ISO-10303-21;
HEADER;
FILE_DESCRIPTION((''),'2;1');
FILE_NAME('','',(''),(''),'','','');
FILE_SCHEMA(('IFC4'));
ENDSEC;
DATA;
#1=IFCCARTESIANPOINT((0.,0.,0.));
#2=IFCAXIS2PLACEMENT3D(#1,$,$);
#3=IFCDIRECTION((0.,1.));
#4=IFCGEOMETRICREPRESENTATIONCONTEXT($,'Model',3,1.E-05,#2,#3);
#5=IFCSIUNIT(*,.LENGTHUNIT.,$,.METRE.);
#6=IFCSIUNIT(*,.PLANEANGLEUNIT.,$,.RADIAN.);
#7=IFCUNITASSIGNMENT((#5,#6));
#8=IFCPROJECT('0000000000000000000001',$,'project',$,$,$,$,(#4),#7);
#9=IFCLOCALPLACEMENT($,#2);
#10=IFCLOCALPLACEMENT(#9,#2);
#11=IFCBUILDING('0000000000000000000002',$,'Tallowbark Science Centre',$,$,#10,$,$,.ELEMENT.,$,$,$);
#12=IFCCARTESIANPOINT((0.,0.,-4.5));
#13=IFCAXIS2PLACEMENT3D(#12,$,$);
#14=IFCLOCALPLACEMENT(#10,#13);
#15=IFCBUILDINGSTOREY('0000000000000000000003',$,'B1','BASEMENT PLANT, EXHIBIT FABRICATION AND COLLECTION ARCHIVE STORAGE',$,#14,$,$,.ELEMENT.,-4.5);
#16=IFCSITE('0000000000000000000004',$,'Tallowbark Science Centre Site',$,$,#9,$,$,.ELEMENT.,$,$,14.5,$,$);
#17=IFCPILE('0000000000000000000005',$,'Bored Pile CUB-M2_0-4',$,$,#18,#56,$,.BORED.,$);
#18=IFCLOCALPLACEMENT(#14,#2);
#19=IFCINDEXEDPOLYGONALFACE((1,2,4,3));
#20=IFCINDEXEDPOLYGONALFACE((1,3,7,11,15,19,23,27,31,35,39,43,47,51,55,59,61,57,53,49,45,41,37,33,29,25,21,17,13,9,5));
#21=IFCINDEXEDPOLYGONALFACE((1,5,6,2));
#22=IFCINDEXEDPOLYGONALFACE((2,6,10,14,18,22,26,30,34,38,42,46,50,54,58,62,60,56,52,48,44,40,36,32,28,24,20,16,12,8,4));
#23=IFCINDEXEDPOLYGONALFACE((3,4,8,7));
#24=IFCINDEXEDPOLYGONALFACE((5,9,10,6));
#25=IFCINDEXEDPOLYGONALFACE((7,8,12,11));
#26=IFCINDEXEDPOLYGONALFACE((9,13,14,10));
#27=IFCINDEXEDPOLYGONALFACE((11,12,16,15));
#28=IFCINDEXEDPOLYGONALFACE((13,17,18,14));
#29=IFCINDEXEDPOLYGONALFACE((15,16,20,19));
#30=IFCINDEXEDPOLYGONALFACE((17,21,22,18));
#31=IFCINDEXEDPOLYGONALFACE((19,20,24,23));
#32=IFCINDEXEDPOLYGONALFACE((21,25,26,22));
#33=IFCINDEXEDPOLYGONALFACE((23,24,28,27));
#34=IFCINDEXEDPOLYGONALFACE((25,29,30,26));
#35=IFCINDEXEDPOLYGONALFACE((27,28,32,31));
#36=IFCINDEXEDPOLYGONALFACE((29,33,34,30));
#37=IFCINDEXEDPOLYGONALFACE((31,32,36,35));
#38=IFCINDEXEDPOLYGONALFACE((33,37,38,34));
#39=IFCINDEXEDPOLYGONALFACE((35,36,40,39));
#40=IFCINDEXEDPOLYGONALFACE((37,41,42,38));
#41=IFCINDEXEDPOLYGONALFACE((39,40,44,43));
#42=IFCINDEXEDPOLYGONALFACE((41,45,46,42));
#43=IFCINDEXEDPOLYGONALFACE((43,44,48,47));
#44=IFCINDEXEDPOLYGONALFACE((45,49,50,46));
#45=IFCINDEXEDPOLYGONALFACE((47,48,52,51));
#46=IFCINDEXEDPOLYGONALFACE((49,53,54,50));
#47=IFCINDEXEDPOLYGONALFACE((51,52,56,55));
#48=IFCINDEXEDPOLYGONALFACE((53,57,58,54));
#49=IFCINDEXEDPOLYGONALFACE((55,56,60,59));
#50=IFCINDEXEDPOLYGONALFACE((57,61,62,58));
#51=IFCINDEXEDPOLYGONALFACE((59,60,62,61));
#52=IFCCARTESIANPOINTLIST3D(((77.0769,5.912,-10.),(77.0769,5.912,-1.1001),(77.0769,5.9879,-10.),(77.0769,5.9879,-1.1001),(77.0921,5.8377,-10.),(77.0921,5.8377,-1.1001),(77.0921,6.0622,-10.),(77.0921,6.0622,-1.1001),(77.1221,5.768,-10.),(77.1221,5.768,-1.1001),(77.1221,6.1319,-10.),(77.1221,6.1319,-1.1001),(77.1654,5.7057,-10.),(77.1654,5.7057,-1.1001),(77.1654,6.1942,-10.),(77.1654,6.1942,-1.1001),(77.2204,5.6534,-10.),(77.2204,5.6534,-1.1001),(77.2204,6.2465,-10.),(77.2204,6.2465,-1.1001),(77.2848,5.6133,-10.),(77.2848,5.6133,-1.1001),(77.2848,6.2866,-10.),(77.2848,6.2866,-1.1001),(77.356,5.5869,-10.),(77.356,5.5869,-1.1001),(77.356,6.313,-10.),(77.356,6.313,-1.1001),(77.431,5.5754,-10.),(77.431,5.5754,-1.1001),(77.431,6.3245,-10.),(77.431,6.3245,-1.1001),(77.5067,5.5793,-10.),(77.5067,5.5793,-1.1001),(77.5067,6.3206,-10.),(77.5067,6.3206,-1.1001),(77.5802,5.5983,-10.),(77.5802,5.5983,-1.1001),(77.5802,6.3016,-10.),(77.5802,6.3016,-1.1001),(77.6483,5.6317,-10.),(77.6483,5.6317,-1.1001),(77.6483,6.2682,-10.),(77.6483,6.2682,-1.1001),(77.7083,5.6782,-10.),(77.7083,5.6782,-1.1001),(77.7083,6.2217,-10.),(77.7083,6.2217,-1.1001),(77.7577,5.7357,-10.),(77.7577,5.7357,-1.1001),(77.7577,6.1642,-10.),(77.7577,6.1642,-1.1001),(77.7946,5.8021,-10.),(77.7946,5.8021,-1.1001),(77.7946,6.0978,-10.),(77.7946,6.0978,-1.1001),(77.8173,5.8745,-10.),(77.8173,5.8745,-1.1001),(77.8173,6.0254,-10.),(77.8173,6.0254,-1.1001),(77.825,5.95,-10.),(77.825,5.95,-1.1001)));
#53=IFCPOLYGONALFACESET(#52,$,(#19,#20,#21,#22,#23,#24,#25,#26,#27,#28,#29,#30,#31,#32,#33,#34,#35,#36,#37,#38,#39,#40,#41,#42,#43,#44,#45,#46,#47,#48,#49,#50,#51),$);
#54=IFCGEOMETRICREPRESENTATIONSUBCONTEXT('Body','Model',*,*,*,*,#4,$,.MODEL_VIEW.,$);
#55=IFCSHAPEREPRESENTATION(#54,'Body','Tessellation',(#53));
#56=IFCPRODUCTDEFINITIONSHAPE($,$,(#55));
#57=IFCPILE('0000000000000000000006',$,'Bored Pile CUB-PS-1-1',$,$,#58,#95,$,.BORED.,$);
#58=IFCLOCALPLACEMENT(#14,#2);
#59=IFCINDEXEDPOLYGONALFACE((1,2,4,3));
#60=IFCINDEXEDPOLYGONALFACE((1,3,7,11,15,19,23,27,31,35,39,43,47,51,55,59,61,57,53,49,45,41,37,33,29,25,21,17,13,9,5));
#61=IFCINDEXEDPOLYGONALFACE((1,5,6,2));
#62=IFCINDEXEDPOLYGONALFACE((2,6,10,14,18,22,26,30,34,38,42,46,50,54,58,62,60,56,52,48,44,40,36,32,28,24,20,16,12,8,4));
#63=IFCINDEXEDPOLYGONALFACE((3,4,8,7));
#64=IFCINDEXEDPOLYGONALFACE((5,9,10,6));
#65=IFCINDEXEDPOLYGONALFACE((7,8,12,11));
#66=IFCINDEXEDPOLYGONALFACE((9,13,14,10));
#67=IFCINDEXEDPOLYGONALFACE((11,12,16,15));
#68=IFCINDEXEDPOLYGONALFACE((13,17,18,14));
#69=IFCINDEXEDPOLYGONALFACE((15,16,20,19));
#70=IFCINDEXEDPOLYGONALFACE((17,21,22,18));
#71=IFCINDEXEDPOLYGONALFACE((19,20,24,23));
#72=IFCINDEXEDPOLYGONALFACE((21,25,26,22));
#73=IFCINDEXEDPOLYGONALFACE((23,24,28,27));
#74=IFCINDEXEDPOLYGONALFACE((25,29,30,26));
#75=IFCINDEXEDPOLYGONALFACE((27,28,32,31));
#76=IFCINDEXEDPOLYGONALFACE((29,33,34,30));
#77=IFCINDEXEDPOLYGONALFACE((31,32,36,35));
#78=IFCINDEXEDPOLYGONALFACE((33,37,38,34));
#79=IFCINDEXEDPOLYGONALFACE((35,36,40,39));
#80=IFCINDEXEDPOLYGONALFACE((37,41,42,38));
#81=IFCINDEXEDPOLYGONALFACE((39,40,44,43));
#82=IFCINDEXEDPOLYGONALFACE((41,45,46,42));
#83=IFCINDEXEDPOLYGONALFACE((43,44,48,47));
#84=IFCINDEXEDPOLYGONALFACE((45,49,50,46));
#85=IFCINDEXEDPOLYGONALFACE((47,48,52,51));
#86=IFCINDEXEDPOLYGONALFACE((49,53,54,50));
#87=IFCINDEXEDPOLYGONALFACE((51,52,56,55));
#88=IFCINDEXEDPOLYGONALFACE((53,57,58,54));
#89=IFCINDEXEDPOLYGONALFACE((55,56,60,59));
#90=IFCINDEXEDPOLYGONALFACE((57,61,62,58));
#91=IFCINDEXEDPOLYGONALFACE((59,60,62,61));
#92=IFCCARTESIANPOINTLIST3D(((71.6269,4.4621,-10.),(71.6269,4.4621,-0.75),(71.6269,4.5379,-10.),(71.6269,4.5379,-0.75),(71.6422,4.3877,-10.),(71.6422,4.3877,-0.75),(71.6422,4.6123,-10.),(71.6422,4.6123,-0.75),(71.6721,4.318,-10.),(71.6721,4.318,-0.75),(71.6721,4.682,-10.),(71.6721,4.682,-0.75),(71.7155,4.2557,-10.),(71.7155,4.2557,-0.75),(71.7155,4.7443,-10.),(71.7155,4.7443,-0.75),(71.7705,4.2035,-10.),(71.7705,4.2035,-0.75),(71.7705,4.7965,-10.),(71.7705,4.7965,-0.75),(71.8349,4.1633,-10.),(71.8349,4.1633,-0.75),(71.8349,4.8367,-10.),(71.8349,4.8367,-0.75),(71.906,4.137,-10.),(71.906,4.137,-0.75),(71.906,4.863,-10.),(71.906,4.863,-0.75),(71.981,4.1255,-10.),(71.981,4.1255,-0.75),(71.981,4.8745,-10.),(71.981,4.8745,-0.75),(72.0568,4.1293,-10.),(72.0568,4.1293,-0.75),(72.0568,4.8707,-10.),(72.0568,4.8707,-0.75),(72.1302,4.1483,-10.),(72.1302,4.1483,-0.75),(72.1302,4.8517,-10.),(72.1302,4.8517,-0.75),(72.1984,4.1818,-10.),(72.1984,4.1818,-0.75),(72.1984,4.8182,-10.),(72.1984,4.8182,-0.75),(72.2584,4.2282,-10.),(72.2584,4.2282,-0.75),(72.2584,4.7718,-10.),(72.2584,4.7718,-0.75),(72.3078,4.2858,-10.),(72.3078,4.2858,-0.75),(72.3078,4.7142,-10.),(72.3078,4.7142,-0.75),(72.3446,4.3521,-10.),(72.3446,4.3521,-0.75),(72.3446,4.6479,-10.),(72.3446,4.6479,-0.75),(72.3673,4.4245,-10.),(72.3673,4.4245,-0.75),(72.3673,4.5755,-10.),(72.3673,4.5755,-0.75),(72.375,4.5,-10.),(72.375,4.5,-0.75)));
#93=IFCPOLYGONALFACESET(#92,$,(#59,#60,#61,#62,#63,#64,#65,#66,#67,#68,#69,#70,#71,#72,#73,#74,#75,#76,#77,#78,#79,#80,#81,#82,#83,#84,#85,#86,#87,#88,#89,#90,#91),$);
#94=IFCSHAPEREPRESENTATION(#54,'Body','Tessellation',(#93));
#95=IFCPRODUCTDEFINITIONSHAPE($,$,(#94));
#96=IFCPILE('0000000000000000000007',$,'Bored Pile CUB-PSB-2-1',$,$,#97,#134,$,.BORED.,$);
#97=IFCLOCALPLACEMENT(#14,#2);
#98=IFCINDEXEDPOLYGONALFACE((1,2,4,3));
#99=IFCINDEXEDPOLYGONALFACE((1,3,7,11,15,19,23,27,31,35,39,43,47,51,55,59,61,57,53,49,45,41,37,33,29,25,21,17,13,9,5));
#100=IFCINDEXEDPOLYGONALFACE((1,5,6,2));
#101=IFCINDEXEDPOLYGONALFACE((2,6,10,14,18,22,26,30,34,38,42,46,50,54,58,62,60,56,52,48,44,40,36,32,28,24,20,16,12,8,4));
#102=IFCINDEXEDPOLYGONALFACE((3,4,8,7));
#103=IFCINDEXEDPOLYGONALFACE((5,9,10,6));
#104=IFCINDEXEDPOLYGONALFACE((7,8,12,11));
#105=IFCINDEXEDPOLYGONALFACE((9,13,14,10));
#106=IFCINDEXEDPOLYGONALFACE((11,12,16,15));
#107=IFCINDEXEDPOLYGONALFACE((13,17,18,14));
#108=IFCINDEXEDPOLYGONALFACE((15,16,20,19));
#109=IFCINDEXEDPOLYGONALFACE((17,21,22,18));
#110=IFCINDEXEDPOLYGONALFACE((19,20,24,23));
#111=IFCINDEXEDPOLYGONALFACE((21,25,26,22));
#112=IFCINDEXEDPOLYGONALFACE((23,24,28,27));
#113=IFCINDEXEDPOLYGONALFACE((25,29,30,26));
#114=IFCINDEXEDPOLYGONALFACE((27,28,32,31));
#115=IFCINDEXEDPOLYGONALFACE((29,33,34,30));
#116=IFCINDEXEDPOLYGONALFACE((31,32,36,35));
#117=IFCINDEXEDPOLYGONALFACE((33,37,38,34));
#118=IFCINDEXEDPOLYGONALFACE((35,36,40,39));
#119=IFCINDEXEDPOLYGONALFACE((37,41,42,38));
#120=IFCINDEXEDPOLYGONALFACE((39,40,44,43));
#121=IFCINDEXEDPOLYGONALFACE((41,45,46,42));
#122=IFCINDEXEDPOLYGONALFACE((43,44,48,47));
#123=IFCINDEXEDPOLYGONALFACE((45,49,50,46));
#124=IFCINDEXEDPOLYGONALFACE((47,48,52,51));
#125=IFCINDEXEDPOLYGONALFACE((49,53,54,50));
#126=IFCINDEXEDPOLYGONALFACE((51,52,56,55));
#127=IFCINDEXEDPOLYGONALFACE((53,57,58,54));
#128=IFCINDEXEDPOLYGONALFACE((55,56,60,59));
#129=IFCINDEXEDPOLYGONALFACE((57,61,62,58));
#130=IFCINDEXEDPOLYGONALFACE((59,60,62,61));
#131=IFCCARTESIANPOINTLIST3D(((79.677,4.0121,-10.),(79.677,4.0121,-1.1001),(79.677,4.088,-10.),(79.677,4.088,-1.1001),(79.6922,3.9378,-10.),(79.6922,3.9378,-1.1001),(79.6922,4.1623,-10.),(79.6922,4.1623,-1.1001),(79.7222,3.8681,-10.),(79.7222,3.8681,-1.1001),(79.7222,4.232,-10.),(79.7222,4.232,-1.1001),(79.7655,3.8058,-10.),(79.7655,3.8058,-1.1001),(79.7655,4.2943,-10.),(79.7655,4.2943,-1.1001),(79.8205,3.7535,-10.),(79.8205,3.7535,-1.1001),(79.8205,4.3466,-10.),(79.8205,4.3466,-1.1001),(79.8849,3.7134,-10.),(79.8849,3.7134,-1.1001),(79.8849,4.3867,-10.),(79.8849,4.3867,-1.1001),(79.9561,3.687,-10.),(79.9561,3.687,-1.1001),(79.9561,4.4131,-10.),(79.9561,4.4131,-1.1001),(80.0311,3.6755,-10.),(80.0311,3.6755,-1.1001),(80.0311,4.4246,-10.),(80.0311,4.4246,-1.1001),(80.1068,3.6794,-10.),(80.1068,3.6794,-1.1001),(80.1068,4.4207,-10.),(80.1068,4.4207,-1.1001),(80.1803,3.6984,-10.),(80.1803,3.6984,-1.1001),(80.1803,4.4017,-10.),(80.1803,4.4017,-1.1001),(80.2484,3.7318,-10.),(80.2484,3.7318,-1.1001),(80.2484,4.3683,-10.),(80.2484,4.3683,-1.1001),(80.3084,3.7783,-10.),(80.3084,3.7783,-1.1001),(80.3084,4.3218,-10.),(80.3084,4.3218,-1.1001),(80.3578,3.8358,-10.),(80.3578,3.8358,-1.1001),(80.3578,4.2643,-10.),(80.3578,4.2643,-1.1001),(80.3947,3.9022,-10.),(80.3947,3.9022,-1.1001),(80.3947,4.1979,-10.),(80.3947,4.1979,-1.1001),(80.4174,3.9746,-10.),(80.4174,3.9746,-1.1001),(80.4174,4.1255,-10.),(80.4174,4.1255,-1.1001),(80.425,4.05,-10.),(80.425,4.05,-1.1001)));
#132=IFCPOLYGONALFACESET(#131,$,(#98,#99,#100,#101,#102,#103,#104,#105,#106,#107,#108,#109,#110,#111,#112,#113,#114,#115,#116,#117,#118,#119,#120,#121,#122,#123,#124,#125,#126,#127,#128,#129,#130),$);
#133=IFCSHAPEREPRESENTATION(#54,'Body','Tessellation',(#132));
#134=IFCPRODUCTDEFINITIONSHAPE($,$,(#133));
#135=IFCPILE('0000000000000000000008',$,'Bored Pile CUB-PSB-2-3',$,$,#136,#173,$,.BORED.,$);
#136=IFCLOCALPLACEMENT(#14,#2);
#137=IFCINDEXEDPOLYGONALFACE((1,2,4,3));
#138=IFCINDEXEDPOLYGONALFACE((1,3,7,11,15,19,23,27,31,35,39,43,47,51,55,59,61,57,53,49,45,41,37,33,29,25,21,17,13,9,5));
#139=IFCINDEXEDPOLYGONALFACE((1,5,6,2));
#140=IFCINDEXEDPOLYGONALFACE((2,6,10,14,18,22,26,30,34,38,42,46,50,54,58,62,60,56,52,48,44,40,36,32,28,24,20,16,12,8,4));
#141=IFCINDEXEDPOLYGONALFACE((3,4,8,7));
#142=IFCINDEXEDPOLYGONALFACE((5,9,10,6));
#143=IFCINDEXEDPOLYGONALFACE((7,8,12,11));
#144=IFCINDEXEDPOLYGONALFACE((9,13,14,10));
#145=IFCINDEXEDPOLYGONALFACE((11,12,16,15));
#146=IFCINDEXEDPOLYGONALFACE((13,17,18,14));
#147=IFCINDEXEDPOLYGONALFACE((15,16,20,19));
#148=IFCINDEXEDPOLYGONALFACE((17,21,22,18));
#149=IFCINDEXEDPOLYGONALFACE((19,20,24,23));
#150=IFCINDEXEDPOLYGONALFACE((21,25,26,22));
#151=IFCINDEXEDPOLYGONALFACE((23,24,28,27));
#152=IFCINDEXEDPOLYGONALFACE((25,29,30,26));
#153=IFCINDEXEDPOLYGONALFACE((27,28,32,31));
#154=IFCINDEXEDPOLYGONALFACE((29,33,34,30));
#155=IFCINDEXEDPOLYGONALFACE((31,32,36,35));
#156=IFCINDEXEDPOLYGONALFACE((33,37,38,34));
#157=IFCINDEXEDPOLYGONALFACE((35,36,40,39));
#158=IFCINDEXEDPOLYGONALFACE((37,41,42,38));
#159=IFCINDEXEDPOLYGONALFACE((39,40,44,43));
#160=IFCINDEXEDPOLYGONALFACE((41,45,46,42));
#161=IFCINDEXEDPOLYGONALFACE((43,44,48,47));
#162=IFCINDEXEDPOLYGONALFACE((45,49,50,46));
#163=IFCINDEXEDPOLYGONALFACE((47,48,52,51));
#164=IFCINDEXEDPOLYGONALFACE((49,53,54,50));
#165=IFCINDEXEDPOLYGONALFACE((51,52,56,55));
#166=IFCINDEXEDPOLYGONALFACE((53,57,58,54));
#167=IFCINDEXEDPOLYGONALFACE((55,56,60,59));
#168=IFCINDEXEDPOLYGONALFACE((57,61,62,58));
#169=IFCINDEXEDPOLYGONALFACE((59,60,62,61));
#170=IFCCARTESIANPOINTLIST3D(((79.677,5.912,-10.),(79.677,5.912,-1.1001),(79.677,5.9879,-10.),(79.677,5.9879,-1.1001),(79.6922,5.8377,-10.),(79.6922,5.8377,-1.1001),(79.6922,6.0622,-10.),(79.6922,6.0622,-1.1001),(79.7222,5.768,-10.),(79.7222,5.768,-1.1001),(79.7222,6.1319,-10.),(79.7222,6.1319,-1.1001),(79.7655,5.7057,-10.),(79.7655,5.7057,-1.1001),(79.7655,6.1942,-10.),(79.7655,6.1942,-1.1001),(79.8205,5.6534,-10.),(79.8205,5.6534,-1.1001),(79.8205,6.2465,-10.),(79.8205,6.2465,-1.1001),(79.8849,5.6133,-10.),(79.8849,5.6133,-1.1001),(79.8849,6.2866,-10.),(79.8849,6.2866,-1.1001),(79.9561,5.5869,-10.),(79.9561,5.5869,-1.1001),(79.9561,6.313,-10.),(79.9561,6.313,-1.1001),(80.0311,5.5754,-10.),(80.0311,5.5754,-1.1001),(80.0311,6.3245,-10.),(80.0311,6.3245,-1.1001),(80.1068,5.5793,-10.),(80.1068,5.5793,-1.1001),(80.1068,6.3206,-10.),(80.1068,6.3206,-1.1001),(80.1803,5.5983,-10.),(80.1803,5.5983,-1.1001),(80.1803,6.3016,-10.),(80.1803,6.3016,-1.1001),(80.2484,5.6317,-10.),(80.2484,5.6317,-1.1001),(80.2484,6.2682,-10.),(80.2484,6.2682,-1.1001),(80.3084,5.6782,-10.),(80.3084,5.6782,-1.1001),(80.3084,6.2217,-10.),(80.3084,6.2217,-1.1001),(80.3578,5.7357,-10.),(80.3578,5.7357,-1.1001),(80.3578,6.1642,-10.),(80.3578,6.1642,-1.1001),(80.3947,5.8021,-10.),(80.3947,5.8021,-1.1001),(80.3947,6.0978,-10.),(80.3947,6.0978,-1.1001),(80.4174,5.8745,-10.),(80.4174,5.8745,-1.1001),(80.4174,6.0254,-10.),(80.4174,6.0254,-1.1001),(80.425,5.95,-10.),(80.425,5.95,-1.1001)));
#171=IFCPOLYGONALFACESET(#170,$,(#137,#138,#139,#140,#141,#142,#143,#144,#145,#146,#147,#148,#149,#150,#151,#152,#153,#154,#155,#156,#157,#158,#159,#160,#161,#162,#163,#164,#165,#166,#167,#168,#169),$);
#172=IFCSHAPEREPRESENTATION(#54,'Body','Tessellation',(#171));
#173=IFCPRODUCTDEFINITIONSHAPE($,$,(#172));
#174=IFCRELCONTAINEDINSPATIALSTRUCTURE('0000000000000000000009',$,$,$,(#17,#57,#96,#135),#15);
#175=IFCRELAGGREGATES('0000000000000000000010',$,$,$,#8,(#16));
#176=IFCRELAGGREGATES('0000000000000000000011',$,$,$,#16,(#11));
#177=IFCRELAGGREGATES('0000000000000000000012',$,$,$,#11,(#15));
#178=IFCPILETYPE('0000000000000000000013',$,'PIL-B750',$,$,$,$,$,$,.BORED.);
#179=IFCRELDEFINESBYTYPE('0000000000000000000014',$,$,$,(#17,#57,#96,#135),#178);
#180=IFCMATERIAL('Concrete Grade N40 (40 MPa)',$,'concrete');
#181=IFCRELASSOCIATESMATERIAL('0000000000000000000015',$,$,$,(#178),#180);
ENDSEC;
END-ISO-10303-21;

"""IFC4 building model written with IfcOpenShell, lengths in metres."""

from ifc_helpers import new_model, si_unit, direction, frame, origin, origin_2d, place, context, subcontext, project, spatial, circle, extrude, material, material_profile, profile_set, type_object, element, save


model = new_model("IFC4")

# Units and contexts
model_context = context("Model", 3, precision=1e-05, world=origin(), true_north=direction((0.0, 1.0)))
body_context = subcontext(model_context, "Body", "Model", "MODEL_VIEW")
ifc_project = project(units=[si_unit("LENGTHUNIT", "METRE"), si_unit("PLANEANGLEUNIT", "RADIAN")], contexts=[model_context])

# Site, building, storey
site_placement = place(None, origin())
site = spatial("IfcSite", under=ifc_project, at=site_placement, Name="Tallowbark Science Centre Site", CompositionType="ELEMENT", RefElevation=14.5)
building_placement = place(site_placement, origin())
building = spatial("IfcBuilding", under=site, at=building_placement, Name="Tallowbark Science Centre", CompositionType="ELEMENT")
storey_placement = place(building_placement, frame((0.0, 0.0, -4.5)))
storey = spatial("IfcBuildingStorey", under=building, at=storey_placement, Name="B1", Description="BASEMENT PLANT, EXHIBIT FABRICATION AND COLLECTION ARCHIVE STORAGE", CompositionType="ELEMENT", Elevation=-4.5)

# Shared definitions
ifc_material_1 = material(Name="Concrete Grade N40 (40 MPa)", Category="concrete")

# Piles
ifc_material_profile_1 = material_profile(ifc_material_1, circle(Radius=0.375, at=origin_2d()), Name="PILE750")
ifc_profile_set_1 = profile_set([ifc_material_profile_1], Name="Concrete Grade N40 (40 MPa)")
pile_type = type_object("IfcPileType", Name="PIL-B750", PredefinedType="BORED", material=ifc_profile_set_1)
for number, where, z_axis, x_axis, name in (
    (1, (77.45, 5.95, -1.1001), (0.0, 0.0, -1.0), (1.0, 0.0, 0.0), "Bored Pile CUB-M2_0-4"),
):
    element("IfcPile", number, at=place(storey_placement, frame(where, z_axis=z_axis, x_axis=x_axis)), inside=storey, type_object=pile_type, Name=name, PredefinedType="BORED", context=body_context, shape_type="SweptSolid", body=[
        extrude(circle(Radius=0.375, at=origin_2d()), origin(), (0.0, 0.0, 1.0), 8.8999),
    ])
pile_1_placement = place(storey_placement, frame((72.0, 4.5, -0.75), z_axis=(0.0, 0.0, -1.0), x_axis=(1.0, 0.0, 0.0)))
element("IfcPile", 2, at=pile_1_placement, inside=storey, type_object=pile_type, Name="Bored Pile CUB-PS-1-1", PredefinedType="BORED", context=body_context, shape_type="SweptSolid", body=[
    extrude(circle(Radius=0.375, at=origin_2d()), origin(), (0.0, 0.0, 1.0), 9.25),
])
for number, where, z_axis, x_axis, name in (
    (3, (80.05, 4.05, -1.1001), (0.0, 0.0, -1.0), (1.0, 0.0, 0.0), "Bored Pile CUB-PSB-2-1"),
    (4, (80.05, 5.95, -1.1001), (0.0, 0.0, -1.0), (1.0, 0.0, 0.0), "Bored Pile CUB-PSB-2-3"),
):
    element("IfcPile", number, at=place(storey_placement, frame(where, z_axis=z_axis, x_axis=x_axis)), inside=storey, type_object=pile_type, Name=name, PredefinedType="BORED", context=body_context, shape_type="SweptSolid", body=[
        extrude(circle(Radius=0.375, at=origin_2d()), origin(), (0.0, 0.0, 1.0), 8.8999),
    ])

save(model, "model.ifc")
